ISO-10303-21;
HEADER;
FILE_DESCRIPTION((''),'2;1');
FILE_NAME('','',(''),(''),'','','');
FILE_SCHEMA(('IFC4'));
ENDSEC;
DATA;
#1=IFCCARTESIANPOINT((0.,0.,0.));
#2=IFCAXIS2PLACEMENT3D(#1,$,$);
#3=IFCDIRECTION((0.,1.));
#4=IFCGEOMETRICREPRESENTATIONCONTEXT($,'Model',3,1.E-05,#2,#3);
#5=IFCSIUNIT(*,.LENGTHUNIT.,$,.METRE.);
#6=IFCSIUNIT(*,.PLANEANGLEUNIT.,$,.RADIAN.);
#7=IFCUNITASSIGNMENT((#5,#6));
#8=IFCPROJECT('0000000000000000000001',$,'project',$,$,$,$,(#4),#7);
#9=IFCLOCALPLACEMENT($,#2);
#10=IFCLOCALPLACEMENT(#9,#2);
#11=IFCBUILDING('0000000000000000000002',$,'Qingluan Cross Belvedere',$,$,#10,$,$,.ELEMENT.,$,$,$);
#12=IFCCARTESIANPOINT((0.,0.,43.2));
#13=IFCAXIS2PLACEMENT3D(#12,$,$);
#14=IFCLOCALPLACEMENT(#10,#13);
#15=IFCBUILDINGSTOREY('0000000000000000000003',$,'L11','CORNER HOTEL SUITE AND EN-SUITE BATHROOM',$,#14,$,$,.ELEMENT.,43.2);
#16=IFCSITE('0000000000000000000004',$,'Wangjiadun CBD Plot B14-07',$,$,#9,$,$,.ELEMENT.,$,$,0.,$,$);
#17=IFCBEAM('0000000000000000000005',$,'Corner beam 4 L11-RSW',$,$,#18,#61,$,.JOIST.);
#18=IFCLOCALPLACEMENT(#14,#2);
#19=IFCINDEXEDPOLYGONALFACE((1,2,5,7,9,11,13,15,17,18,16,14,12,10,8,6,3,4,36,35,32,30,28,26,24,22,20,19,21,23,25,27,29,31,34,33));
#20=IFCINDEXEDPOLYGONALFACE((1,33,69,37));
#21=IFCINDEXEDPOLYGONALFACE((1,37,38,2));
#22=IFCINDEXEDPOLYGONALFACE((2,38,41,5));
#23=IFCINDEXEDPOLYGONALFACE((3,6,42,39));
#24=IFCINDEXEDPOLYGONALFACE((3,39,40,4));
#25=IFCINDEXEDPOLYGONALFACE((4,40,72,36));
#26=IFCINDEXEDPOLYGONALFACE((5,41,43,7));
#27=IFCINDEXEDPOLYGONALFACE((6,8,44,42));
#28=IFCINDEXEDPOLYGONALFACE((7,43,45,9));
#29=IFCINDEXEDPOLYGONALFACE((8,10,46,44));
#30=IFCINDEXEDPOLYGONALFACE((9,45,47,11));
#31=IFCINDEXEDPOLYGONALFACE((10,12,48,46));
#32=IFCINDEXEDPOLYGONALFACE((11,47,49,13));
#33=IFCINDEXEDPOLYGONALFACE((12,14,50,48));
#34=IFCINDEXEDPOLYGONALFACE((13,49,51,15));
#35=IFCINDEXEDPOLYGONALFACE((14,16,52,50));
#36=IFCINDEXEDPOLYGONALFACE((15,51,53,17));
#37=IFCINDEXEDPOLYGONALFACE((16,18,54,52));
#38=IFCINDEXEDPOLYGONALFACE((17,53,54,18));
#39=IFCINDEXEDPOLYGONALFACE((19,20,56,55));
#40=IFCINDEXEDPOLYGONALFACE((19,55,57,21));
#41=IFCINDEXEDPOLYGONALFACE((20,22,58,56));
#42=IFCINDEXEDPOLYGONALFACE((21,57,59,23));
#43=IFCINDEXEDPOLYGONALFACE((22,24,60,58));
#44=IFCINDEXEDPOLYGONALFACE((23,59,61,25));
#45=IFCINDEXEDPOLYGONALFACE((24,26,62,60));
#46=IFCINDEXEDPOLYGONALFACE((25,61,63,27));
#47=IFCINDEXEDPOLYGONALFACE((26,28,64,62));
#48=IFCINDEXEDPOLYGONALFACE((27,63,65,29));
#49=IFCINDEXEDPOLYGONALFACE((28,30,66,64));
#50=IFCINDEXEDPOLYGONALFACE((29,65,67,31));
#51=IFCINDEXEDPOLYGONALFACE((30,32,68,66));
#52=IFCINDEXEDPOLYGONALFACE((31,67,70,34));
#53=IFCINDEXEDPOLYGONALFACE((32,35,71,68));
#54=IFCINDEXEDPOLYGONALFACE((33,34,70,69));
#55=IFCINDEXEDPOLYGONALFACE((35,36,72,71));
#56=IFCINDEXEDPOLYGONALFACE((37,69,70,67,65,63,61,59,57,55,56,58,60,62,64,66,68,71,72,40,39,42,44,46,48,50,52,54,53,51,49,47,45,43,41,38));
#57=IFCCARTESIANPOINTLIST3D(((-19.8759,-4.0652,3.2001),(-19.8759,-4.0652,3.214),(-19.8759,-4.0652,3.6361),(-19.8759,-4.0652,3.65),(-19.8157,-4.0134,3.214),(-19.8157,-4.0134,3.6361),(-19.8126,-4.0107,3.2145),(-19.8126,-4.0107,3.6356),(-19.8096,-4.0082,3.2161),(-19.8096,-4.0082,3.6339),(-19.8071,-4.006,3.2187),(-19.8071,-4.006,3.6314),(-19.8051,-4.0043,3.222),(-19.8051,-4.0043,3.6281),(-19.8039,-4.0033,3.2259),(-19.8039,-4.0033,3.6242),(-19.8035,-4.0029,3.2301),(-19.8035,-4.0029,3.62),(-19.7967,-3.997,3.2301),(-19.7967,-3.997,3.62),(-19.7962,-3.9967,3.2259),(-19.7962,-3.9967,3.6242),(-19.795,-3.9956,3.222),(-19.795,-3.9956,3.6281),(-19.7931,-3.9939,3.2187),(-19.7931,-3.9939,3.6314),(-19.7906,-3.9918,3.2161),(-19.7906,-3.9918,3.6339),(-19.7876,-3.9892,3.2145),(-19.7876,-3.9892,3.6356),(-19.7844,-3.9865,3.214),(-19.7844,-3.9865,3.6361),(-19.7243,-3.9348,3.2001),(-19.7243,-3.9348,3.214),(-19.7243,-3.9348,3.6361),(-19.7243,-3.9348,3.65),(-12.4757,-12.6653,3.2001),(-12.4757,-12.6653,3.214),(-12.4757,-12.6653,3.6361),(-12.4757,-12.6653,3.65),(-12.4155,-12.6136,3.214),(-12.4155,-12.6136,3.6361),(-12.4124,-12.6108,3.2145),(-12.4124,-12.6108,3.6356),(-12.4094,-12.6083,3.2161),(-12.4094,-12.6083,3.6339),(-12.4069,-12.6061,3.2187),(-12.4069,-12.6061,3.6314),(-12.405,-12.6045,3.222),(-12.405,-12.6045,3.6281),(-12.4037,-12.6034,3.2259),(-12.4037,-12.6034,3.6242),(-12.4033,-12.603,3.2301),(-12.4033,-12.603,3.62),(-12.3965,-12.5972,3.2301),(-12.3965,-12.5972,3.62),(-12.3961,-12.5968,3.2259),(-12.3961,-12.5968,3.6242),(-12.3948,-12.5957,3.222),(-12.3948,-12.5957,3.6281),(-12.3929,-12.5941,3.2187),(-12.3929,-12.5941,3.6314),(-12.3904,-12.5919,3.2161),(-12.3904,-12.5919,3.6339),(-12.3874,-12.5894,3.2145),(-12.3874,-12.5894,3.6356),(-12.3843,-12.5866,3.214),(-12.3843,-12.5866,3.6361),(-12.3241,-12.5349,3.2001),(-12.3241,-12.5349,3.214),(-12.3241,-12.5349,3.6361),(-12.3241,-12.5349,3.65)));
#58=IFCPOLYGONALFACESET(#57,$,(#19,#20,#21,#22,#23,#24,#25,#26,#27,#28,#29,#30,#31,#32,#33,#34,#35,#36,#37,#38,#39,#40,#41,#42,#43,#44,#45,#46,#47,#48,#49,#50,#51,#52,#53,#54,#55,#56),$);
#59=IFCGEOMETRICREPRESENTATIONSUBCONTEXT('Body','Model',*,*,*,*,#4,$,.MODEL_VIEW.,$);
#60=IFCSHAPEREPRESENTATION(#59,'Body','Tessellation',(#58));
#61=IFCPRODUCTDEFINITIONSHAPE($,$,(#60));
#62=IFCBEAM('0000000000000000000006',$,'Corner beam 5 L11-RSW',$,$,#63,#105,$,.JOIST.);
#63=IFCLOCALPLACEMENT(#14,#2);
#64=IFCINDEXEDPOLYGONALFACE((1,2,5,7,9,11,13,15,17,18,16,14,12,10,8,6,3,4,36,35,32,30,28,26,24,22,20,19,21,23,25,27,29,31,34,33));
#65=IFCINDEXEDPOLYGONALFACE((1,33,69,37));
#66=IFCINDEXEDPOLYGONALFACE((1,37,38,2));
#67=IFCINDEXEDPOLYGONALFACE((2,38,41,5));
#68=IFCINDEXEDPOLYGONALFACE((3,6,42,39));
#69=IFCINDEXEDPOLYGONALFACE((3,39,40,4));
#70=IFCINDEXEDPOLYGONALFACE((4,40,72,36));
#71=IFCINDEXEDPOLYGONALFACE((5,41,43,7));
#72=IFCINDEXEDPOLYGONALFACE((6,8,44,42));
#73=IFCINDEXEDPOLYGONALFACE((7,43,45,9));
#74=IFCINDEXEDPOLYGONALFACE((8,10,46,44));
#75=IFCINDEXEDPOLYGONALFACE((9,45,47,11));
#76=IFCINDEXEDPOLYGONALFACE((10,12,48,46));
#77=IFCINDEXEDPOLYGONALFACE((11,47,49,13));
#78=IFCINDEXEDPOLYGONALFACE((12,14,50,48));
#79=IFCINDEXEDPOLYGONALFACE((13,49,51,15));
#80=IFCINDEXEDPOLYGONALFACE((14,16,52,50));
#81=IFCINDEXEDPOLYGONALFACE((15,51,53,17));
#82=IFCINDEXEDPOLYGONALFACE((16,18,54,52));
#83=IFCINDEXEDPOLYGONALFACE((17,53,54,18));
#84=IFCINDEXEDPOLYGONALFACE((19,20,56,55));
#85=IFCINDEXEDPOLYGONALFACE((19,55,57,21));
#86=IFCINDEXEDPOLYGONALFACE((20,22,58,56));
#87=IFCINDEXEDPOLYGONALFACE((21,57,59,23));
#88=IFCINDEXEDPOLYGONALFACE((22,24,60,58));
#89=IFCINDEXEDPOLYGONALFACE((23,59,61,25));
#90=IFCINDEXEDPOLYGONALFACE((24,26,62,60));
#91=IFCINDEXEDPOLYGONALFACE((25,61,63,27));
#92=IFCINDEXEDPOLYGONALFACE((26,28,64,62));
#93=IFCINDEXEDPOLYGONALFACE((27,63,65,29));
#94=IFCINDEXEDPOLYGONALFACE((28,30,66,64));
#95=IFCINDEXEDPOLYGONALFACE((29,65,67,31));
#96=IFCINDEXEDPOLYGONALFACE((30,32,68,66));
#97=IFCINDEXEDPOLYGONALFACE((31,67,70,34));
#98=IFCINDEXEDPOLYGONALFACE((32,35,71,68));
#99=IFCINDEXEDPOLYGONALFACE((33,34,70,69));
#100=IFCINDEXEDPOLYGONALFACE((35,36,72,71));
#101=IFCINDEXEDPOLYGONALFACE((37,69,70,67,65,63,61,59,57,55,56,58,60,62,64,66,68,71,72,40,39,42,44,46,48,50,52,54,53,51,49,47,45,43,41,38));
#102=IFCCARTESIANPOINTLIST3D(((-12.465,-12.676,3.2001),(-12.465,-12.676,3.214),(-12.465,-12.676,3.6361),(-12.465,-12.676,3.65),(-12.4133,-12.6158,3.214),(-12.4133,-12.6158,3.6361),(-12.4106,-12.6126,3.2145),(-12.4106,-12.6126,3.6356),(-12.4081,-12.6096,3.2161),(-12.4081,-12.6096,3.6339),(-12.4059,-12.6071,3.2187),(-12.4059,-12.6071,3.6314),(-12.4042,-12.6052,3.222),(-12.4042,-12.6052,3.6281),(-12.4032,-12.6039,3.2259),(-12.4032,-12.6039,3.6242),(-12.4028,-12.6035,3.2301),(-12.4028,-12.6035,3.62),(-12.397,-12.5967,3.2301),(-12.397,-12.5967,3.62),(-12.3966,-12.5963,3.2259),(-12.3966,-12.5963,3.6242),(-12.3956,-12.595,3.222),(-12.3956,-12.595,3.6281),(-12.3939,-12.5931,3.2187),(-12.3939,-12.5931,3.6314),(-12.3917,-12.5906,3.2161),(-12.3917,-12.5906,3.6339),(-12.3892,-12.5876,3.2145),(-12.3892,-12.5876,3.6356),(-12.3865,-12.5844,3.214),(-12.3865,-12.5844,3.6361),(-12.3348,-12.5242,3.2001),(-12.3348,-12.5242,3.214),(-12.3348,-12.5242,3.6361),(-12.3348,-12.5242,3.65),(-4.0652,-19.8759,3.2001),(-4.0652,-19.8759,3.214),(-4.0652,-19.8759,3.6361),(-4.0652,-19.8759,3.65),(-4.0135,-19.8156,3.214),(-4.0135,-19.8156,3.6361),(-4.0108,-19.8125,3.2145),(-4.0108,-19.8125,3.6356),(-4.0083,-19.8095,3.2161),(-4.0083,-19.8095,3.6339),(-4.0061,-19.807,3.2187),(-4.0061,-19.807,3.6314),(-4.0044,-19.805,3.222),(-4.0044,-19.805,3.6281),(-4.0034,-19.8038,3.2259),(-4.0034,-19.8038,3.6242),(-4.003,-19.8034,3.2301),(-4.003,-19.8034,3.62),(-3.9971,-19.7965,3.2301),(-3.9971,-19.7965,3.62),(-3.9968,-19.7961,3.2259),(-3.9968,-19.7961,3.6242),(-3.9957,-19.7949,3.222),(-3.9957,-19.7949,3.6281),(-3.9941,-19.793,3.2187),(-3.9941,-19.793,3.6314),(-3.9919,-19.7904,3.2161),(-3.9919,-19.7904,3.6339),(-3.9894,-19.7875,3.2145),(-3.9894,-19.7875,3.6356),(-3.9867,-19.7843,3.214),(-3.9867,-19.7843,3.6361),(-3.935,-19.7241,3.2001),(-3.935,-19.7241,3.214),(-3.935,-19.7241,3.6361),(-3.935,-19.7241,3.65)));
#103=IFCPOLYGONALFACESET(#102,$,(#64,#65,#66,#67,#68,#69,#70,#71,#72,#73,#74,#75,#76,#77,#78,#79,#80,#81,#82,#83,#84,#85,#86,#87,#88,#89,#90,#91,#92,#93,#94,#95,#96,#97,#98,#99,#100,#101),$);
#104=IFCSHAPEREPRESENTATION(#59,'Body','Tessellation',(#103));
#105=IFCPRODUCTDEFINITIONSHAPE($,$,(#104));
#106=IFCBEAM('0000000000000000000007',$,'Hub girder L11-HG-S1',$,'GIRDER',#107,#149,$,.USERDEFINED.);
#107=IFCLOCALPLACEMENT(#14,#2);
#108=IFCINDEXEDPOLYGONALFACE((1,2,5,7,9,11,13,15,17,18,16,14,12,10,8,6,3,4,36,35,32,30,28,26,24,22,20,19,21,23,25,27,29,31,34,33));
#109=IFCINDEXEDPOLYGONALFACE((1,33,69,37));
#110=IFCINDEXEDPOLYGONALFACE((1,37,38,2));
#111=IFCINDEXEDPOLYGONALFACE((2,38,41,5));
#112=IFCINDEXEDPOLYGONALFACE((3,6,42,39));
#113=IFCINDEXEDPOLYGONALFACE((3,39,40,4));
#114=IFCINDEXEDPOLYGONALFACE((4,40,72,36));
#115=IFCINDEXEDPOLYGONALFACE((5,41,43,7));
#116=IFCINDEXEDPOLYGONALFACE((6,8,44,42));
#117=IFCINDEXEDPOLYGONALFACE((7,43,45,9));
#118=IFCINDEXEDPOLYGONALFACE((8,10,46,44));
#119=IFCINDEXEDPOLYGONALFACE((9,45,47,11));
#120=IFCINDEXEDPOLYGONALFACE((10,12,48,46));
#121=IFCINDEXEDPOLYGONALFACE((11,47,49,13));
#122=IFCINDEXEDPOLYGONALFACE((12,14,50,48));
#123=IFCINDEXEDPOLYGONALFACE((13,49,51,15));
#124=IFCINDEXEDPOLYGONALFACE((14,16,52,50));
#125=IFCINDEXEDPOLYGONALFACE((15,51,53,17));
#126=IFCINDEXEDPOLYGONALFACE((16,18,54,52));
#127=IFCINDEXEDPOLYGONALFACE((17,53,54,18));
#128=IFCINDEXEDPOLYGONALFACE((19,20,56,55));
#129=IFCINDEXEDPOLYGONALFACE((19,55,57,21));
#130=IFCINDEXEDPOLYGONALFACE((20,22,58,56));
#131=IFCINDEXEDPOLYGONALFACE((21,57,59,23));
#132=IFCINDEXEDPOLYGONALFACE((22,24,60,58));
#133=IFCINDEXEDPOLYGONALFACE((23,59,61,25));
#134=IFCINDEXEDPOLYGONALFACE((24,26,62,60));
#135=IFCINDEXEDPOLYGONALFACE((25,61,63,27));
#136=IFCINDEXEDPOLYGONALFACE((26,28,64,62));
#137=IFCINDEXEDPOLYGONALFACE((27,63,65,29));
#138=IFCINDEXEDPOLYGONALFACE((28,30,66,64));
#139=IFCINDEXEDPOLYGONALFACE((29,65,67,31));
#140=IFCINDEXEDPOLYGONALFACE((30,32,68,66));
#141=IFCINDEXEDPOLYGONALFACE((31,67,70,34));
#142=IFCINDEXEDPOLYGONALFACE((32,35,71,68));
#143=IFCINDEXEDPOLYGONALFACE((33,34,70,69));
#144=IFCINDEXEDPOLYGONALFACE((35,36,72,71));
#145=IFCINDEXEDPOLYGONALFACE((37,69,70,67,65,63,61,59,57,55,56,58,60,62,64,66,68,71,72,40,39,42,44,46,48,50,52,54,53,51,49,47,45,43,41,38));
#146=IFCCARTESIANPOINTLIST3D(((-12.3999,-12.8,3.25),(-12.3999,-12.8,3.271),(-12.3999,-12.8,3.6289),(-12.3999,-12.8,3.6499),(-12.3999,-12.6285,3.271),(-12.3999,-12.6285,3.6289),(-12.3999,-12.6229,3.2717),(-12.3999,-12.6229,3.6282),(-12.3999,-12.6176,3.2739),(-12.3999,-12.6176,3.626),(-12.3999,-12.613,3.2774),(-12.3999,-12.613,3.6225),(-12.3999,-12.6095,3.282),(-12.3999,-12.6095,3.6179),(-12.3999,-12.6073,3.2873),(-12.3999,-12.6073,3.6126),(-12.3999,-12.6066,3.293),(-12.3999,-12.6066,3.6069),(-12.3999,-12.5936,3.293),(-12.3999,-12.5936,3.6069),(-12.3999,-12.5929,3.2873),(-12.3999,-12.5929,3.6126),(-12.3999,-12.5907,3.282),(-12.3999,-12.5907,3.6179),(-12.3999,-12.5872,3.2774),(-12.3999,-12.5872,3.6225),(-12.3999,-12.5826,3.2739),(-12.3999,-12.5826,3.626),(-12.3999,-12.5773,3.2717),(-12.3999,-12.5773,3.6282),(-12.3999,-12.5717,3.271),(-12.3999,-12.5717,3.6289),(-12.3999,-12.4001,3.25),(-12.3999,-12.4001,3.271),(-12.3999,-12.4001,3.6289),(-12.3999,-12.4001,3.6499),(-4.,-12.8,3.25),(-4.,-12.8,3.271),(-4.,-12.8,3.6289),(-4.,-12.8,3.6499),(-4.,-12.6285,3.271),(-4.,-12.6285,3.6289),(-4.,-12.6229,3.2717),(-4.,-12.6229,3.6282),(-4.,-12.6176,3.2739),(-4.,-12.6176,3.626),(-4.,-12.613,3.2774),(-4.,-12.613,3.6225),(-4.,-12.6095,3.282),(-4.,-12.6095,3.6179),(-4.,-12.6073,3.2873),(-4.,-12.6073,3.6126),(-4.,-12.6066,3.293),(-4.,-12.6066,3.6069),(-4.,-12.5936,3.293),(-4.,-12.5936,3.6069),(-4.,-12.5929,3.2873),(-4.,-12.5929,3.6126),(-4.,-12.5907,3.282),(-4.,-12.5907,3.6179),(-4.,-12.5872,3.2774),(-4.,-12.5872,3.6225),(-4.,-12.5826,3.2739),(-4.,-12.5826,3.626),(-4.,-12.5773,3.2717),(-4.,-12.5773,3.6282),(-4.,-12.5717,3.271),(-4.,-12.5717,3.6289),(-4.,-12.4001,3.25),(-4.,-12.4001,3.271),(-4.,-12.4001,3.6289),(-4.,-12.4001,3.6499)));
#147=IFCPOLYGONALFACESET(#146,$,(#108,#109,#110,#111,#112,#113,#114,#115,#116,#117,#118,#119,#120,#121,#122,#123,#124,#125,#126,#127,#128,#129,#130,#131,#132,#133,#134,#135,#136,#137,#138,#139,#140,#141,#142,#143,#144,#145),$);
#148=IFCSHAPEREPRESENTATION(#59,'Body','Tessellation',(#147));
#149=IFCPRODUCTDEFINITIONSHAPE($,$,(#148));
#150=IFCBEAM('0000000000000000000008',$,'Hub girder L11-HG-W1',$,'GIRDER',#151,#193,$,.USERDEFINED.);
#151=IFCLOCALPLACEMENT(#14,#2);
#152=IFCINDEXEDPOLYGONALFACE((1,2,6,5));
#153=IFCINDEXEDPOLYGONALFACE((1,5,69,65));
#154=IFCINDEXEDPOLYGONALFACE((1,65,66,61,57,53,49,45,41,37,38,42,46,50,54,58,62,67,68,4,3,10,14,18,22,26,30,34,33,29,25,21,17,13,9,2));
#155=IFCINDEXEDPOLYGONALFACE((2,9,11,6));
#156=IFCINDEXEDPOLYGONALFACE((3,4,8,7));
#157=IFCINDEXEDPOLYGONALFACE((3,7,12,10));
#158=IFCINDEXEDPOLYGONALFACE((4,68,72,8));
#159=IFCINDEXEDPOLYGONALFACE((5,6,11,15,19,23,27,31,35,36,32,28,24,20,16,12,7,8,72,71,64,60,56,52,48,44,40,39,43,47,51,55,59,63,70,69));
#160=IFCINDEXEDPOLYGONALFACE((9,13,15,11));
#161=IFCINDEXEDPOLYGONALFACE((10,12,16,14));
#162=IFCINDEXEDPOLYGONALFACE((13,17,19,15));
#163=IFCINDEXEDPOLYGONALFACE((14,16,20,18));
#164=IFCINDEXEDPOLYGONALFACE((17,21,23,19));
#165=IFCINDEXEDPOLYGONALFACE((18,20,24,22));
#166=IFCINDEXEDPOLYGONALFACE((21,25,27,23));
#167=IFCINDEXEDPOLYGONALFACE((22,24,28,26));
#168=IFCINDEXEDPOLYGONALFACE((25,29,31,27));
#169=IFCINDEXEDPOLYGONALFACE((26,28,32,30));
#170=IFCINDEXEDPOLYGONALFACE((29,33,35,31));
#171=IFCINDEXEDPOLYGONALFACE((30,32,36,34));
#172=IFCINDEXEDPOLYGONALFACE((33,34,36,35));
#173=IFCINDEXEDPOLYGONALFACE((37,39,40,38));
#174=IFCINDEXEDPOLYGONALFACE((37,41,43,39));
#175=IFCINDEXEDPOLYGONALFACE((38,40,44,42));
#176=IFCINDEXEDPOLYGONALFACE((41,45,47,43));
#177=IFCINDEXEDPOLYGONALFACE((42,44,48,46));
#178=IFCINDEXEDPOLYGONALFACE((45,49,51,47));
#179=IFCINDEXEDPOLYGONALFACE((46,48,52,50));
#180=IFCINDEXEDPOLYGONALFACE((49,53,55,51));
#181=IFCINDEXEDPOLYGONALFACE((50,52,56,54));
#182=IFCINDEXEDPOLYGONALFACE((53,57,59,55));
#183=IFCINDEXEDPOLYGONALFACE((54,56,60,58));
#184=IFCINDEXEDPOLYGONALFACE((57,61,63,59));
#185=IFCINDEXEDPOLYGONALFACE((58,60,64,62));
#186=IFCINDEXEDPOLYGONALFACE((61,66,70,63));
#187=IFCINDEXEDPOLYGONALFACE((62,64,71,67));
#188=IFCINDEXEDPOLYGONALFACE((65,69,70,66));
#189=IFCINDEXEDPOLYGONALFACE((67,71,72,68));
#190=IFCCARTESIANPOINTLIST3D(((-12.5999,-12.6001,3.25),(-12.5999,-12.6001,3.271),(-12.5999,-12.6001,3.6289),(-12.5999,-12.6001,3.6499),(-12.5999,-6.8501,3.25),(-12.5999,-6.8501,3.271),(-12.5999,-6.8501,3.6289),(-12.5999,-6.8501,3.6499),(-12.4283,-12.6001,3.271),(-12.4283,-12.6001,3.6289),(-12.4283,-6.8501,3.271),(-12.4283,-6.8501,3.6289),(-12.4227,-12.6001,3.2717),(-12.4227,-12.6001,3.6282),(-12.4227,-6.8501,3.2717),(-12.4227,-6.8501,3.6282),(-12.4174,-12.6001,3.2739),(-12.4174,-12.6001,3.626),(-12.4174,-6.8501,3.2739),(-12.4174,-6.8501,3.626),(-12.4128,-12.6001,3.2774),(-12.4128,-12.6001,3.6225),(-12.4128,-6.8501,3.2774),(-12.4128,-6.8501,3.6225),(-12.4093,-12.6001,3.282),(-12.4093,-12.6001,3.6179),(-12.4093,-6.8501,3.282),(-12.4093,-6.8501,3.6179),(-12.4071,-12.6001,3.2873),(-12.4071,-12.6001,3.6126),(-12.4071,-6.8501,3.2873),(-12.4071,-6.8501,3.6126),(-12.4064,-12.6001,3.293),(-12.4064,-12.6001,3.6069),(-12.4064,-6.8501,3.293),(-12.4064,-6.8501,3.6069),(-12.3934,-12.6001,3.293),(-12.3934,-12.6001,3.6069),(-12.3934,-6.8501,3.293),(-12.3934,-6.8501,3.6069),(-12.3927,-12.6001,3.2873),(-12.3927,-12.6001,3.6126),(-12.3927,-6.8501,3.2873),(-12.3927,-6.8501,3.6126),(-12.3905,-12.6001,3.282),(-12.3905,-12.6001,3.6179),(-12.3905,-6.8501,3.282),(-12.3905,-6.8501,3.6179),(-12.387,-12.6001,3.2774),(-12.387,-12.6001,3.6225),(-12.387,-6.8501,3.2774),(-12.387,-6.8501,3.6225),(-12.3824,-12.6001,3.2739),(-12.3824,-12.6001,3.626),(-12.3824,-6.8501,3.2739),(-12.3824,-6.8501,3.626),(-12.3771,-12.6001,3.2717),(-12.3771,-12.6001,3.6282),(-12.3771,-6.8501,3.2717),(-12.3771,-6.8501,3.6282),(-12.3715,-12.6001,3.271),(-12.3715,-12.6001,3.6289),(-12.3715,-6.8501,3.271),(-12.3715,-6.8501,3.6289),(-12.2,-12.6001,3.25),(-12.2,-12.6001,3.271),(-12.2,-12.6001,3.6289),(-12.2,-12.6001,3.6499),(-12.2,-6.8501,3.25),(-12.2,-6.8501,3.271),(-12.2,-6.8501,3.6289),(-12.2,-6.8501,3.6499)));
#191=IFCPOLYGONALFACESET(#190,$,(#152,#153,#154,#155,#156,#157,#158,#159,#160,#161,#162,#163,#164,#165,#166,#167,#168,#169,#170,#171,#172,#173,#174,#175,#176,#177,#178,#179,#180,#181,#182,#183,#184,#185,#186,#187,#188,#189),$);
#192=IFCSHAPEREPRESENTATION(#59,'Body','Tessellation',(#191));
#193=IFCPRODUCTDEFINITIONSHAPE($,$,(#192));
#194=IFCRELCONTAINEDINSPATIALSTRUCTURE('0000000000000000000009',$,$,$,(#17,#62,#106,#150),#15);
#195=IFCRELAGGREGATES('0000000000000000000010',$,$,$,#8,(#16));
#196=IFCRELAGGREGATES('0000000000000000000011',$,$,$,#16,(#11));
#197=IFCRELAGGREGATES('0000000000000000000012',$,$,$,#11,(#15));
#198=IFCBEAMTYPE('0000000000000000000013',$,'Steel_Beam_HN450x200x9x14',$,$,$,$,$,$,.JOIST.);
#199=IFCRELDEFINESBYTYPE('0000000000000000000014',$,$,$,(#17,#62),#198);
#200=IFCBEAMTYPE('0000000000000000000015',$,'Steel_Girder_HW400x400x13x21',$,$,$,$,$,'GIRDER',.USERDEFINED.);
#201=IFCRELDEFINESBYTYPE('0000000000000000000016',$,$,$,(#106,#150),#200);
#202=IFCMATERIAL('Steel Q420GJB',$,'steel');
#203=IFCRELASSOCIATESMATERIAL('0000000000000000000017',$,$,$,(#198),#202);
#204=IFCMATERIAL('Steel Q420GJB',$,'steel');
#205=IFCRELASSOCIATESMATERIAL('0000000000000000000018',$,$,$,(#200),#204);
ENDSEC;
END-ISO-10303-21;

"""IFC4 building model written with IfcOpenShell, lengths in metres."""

from ifc_helpers import new_model, si_unit, direction, frame, origin, origin_2d, place, context, subcontext, project, spatial, i_section, extrude, material, material_profile, profile_set, type_object, element, save


model = new_model("IFC4")

# Units and contexts
model_context = context("Model", 3, precision=1e-05, world=origin(), true_north=direction((0.0, 1.0)))
body_context = subcontext(model_context, "Body", "Model", "MODEL_VIEW")
ifc_project = project(units=[si_unit("LENGTHUNIT", "METRE"), si_unit("PLANEANGLEUNIT", "RADIAN")], contexts=[model_context])

# Site, building, storey
site_placement = place(None, origin())
site = spatial("IfcSite", under=ifc_project, at=site_placement, Name="Wangjiadun CBD Plot B14-07", CompositionType="ELEMENT", RefElevation=0.0)
building_placement = place(site_placement, origin())
building = spatial("IfcBuilding", under=site, at=building_placement, Name="Qingluan Cross Belvedere", CompositionType="ELEMENT")
storey_placement = place(building_placement, frame((0.0, 0.0, 43.2)))
storey = spatial("IfcBuildingStorey", under=building, at=storey_placement, Name="L11", Description="CORNER HOTEL SUITE AND EN-SUITE BATHROOM", CompositionType="ELEMENT", Elevation=43.2)

# Beams
ifc_material_1 = material(Name="Steel Q420GJB", Category="steel")
ifc_material_profile_1 = material_profile(ifc_material_1, i_section(OverallWidth=0.2, OverallDepth=0.45, WebThickness=0.009, FlangeThickness=0.0139, FilletRadius=0.0161, at=origin_2d()), Name="HN450x200x9x14")
ifc_profile_set_1 = profile_set([ifc_material_profile_1], Name="Steel Q420GJB")
beam_type_1 = type_object("IfcBeamType", Name="Steel_Beam_HN450x200x9x14", PredefinedType="JOIST", material=ifc_profile_set_1)
beam_1_placement = place(storey_placement, frame((-12.3999, -12.6001, 3.425), z_axis=(-0.652245, 0.758008, 0.0), x_axis=(-0.758008, -0.652245, 0.0)))
element("IfcBeam", 1, at=beam_1_placement, inside=storey, type_object=beam_type_1, Name="Corner beam 4 L11-RSW", PredefinedType="JOIST", context=body_context, shape_type="SweptSolid", body=[
    extrude(i_section(OverallWidth=0.2, OverallDepth=0.45, WebThickness=0.009, FlangeThickness=0.0139, FilletRadius=0.0161, at=origin_2d()), origin(), (0.0, 0.0, 1.0), 11.3457),
])
beam_2_placement = place(storey_placement, frame((-12.3999, -12.6001, 3.425), z_axis=(0.759255, -0.650793, 0.0), x_axis=(0.650793, 0.759255, 0.0)))
element("IfcBeam", 2, at=beam_2_placement, inside=storey, type_object=beam_type_1, Name="Corner beam 5 L11-RSW", PredefinedType="JOIST", context=body_context, shape_type="SweptSolid", body=[
    extrude(i_section(OverallWidth=0.2, OverallDepth=0.45, WebThickness=0.009, FlangeThickness=0.0139, FilletRadius=0.0161, at=origin_2d()), origin(), (0.0, 0.0, 1.0), 11.0632),
])
ifc_material_2 = material(Name="Steel Q420GJB", Category="steel")
ifc_material_profile_2 = material_profile(ifc_material_2, i_section(OverallWidth=0.3999, OverallDepth=0.3999, WebThickness=0.0129, FlangeThickness=0.021, FilletRadius=0.022, at=origin_2d()), Name="HW400x400x13x21")
ifc_profile_set_2 = profile_set([ifc_material_profile_2], Name="Steel Q420GJB")
beam_type_2 = type_object("IfcBeamType", Name="Steel_Girder_HW400x400x13x21", ElementType="GIRDER", PredefinedType="USERDEFINED", material=ifc_profile_set_2)
beam_3_placement = place(storey_placement, frame((-12.3999, -12.6001, 3.45), z_axis=(1.0, 0.0, 0.0), x_axis=(0.0, 1.0, 0.0)))
element("IfcBeam", 3, at=beam_3_placement, inside=storey, type_object=beam_type_2, Name="Hub girder L11-HG-S1", ObjectType="GIRDER", PredefinedType="USERDEFINED", context=body_context, shape_type="SweptSolid", body=[
    extrude(i_section(OverallWidth=0.3999, OverallDepth=0.3999, WebThickness=0.0129, FlangeThickness=0.021, FilletRadius=0.022, at=origin_2d()), origin(), (0.0, 0.0, 1.0), 8.3999),
])
beam_4_placement = place(storey_placement, frame((-12.3999, -12.6001, 3.45), z_axis=(0.0, 1.0, 0.0), x_axis=(-1.0, 0.0, 0.0)))
element("IfcBeam", 4, at=beam_4_placement, inside=storey, type_object=beam_type_2, Name="Hub girder L11-HG-W1", ObjectType="GIRDER", PredefinedType="USERDEFINED", context=body_context, shape_type="SweptSolid", body=[
    extrude(i_section(OverallWidth=0.3999, OverallDepth=0.3999, WebThickness=0.0129, FlangeThickness=0.021, FilletRadius=0.022, at=origin_2d()), origin(), (0.0, 0.0, 1.0), 5.75),
])

save(model, "model.ifc")
